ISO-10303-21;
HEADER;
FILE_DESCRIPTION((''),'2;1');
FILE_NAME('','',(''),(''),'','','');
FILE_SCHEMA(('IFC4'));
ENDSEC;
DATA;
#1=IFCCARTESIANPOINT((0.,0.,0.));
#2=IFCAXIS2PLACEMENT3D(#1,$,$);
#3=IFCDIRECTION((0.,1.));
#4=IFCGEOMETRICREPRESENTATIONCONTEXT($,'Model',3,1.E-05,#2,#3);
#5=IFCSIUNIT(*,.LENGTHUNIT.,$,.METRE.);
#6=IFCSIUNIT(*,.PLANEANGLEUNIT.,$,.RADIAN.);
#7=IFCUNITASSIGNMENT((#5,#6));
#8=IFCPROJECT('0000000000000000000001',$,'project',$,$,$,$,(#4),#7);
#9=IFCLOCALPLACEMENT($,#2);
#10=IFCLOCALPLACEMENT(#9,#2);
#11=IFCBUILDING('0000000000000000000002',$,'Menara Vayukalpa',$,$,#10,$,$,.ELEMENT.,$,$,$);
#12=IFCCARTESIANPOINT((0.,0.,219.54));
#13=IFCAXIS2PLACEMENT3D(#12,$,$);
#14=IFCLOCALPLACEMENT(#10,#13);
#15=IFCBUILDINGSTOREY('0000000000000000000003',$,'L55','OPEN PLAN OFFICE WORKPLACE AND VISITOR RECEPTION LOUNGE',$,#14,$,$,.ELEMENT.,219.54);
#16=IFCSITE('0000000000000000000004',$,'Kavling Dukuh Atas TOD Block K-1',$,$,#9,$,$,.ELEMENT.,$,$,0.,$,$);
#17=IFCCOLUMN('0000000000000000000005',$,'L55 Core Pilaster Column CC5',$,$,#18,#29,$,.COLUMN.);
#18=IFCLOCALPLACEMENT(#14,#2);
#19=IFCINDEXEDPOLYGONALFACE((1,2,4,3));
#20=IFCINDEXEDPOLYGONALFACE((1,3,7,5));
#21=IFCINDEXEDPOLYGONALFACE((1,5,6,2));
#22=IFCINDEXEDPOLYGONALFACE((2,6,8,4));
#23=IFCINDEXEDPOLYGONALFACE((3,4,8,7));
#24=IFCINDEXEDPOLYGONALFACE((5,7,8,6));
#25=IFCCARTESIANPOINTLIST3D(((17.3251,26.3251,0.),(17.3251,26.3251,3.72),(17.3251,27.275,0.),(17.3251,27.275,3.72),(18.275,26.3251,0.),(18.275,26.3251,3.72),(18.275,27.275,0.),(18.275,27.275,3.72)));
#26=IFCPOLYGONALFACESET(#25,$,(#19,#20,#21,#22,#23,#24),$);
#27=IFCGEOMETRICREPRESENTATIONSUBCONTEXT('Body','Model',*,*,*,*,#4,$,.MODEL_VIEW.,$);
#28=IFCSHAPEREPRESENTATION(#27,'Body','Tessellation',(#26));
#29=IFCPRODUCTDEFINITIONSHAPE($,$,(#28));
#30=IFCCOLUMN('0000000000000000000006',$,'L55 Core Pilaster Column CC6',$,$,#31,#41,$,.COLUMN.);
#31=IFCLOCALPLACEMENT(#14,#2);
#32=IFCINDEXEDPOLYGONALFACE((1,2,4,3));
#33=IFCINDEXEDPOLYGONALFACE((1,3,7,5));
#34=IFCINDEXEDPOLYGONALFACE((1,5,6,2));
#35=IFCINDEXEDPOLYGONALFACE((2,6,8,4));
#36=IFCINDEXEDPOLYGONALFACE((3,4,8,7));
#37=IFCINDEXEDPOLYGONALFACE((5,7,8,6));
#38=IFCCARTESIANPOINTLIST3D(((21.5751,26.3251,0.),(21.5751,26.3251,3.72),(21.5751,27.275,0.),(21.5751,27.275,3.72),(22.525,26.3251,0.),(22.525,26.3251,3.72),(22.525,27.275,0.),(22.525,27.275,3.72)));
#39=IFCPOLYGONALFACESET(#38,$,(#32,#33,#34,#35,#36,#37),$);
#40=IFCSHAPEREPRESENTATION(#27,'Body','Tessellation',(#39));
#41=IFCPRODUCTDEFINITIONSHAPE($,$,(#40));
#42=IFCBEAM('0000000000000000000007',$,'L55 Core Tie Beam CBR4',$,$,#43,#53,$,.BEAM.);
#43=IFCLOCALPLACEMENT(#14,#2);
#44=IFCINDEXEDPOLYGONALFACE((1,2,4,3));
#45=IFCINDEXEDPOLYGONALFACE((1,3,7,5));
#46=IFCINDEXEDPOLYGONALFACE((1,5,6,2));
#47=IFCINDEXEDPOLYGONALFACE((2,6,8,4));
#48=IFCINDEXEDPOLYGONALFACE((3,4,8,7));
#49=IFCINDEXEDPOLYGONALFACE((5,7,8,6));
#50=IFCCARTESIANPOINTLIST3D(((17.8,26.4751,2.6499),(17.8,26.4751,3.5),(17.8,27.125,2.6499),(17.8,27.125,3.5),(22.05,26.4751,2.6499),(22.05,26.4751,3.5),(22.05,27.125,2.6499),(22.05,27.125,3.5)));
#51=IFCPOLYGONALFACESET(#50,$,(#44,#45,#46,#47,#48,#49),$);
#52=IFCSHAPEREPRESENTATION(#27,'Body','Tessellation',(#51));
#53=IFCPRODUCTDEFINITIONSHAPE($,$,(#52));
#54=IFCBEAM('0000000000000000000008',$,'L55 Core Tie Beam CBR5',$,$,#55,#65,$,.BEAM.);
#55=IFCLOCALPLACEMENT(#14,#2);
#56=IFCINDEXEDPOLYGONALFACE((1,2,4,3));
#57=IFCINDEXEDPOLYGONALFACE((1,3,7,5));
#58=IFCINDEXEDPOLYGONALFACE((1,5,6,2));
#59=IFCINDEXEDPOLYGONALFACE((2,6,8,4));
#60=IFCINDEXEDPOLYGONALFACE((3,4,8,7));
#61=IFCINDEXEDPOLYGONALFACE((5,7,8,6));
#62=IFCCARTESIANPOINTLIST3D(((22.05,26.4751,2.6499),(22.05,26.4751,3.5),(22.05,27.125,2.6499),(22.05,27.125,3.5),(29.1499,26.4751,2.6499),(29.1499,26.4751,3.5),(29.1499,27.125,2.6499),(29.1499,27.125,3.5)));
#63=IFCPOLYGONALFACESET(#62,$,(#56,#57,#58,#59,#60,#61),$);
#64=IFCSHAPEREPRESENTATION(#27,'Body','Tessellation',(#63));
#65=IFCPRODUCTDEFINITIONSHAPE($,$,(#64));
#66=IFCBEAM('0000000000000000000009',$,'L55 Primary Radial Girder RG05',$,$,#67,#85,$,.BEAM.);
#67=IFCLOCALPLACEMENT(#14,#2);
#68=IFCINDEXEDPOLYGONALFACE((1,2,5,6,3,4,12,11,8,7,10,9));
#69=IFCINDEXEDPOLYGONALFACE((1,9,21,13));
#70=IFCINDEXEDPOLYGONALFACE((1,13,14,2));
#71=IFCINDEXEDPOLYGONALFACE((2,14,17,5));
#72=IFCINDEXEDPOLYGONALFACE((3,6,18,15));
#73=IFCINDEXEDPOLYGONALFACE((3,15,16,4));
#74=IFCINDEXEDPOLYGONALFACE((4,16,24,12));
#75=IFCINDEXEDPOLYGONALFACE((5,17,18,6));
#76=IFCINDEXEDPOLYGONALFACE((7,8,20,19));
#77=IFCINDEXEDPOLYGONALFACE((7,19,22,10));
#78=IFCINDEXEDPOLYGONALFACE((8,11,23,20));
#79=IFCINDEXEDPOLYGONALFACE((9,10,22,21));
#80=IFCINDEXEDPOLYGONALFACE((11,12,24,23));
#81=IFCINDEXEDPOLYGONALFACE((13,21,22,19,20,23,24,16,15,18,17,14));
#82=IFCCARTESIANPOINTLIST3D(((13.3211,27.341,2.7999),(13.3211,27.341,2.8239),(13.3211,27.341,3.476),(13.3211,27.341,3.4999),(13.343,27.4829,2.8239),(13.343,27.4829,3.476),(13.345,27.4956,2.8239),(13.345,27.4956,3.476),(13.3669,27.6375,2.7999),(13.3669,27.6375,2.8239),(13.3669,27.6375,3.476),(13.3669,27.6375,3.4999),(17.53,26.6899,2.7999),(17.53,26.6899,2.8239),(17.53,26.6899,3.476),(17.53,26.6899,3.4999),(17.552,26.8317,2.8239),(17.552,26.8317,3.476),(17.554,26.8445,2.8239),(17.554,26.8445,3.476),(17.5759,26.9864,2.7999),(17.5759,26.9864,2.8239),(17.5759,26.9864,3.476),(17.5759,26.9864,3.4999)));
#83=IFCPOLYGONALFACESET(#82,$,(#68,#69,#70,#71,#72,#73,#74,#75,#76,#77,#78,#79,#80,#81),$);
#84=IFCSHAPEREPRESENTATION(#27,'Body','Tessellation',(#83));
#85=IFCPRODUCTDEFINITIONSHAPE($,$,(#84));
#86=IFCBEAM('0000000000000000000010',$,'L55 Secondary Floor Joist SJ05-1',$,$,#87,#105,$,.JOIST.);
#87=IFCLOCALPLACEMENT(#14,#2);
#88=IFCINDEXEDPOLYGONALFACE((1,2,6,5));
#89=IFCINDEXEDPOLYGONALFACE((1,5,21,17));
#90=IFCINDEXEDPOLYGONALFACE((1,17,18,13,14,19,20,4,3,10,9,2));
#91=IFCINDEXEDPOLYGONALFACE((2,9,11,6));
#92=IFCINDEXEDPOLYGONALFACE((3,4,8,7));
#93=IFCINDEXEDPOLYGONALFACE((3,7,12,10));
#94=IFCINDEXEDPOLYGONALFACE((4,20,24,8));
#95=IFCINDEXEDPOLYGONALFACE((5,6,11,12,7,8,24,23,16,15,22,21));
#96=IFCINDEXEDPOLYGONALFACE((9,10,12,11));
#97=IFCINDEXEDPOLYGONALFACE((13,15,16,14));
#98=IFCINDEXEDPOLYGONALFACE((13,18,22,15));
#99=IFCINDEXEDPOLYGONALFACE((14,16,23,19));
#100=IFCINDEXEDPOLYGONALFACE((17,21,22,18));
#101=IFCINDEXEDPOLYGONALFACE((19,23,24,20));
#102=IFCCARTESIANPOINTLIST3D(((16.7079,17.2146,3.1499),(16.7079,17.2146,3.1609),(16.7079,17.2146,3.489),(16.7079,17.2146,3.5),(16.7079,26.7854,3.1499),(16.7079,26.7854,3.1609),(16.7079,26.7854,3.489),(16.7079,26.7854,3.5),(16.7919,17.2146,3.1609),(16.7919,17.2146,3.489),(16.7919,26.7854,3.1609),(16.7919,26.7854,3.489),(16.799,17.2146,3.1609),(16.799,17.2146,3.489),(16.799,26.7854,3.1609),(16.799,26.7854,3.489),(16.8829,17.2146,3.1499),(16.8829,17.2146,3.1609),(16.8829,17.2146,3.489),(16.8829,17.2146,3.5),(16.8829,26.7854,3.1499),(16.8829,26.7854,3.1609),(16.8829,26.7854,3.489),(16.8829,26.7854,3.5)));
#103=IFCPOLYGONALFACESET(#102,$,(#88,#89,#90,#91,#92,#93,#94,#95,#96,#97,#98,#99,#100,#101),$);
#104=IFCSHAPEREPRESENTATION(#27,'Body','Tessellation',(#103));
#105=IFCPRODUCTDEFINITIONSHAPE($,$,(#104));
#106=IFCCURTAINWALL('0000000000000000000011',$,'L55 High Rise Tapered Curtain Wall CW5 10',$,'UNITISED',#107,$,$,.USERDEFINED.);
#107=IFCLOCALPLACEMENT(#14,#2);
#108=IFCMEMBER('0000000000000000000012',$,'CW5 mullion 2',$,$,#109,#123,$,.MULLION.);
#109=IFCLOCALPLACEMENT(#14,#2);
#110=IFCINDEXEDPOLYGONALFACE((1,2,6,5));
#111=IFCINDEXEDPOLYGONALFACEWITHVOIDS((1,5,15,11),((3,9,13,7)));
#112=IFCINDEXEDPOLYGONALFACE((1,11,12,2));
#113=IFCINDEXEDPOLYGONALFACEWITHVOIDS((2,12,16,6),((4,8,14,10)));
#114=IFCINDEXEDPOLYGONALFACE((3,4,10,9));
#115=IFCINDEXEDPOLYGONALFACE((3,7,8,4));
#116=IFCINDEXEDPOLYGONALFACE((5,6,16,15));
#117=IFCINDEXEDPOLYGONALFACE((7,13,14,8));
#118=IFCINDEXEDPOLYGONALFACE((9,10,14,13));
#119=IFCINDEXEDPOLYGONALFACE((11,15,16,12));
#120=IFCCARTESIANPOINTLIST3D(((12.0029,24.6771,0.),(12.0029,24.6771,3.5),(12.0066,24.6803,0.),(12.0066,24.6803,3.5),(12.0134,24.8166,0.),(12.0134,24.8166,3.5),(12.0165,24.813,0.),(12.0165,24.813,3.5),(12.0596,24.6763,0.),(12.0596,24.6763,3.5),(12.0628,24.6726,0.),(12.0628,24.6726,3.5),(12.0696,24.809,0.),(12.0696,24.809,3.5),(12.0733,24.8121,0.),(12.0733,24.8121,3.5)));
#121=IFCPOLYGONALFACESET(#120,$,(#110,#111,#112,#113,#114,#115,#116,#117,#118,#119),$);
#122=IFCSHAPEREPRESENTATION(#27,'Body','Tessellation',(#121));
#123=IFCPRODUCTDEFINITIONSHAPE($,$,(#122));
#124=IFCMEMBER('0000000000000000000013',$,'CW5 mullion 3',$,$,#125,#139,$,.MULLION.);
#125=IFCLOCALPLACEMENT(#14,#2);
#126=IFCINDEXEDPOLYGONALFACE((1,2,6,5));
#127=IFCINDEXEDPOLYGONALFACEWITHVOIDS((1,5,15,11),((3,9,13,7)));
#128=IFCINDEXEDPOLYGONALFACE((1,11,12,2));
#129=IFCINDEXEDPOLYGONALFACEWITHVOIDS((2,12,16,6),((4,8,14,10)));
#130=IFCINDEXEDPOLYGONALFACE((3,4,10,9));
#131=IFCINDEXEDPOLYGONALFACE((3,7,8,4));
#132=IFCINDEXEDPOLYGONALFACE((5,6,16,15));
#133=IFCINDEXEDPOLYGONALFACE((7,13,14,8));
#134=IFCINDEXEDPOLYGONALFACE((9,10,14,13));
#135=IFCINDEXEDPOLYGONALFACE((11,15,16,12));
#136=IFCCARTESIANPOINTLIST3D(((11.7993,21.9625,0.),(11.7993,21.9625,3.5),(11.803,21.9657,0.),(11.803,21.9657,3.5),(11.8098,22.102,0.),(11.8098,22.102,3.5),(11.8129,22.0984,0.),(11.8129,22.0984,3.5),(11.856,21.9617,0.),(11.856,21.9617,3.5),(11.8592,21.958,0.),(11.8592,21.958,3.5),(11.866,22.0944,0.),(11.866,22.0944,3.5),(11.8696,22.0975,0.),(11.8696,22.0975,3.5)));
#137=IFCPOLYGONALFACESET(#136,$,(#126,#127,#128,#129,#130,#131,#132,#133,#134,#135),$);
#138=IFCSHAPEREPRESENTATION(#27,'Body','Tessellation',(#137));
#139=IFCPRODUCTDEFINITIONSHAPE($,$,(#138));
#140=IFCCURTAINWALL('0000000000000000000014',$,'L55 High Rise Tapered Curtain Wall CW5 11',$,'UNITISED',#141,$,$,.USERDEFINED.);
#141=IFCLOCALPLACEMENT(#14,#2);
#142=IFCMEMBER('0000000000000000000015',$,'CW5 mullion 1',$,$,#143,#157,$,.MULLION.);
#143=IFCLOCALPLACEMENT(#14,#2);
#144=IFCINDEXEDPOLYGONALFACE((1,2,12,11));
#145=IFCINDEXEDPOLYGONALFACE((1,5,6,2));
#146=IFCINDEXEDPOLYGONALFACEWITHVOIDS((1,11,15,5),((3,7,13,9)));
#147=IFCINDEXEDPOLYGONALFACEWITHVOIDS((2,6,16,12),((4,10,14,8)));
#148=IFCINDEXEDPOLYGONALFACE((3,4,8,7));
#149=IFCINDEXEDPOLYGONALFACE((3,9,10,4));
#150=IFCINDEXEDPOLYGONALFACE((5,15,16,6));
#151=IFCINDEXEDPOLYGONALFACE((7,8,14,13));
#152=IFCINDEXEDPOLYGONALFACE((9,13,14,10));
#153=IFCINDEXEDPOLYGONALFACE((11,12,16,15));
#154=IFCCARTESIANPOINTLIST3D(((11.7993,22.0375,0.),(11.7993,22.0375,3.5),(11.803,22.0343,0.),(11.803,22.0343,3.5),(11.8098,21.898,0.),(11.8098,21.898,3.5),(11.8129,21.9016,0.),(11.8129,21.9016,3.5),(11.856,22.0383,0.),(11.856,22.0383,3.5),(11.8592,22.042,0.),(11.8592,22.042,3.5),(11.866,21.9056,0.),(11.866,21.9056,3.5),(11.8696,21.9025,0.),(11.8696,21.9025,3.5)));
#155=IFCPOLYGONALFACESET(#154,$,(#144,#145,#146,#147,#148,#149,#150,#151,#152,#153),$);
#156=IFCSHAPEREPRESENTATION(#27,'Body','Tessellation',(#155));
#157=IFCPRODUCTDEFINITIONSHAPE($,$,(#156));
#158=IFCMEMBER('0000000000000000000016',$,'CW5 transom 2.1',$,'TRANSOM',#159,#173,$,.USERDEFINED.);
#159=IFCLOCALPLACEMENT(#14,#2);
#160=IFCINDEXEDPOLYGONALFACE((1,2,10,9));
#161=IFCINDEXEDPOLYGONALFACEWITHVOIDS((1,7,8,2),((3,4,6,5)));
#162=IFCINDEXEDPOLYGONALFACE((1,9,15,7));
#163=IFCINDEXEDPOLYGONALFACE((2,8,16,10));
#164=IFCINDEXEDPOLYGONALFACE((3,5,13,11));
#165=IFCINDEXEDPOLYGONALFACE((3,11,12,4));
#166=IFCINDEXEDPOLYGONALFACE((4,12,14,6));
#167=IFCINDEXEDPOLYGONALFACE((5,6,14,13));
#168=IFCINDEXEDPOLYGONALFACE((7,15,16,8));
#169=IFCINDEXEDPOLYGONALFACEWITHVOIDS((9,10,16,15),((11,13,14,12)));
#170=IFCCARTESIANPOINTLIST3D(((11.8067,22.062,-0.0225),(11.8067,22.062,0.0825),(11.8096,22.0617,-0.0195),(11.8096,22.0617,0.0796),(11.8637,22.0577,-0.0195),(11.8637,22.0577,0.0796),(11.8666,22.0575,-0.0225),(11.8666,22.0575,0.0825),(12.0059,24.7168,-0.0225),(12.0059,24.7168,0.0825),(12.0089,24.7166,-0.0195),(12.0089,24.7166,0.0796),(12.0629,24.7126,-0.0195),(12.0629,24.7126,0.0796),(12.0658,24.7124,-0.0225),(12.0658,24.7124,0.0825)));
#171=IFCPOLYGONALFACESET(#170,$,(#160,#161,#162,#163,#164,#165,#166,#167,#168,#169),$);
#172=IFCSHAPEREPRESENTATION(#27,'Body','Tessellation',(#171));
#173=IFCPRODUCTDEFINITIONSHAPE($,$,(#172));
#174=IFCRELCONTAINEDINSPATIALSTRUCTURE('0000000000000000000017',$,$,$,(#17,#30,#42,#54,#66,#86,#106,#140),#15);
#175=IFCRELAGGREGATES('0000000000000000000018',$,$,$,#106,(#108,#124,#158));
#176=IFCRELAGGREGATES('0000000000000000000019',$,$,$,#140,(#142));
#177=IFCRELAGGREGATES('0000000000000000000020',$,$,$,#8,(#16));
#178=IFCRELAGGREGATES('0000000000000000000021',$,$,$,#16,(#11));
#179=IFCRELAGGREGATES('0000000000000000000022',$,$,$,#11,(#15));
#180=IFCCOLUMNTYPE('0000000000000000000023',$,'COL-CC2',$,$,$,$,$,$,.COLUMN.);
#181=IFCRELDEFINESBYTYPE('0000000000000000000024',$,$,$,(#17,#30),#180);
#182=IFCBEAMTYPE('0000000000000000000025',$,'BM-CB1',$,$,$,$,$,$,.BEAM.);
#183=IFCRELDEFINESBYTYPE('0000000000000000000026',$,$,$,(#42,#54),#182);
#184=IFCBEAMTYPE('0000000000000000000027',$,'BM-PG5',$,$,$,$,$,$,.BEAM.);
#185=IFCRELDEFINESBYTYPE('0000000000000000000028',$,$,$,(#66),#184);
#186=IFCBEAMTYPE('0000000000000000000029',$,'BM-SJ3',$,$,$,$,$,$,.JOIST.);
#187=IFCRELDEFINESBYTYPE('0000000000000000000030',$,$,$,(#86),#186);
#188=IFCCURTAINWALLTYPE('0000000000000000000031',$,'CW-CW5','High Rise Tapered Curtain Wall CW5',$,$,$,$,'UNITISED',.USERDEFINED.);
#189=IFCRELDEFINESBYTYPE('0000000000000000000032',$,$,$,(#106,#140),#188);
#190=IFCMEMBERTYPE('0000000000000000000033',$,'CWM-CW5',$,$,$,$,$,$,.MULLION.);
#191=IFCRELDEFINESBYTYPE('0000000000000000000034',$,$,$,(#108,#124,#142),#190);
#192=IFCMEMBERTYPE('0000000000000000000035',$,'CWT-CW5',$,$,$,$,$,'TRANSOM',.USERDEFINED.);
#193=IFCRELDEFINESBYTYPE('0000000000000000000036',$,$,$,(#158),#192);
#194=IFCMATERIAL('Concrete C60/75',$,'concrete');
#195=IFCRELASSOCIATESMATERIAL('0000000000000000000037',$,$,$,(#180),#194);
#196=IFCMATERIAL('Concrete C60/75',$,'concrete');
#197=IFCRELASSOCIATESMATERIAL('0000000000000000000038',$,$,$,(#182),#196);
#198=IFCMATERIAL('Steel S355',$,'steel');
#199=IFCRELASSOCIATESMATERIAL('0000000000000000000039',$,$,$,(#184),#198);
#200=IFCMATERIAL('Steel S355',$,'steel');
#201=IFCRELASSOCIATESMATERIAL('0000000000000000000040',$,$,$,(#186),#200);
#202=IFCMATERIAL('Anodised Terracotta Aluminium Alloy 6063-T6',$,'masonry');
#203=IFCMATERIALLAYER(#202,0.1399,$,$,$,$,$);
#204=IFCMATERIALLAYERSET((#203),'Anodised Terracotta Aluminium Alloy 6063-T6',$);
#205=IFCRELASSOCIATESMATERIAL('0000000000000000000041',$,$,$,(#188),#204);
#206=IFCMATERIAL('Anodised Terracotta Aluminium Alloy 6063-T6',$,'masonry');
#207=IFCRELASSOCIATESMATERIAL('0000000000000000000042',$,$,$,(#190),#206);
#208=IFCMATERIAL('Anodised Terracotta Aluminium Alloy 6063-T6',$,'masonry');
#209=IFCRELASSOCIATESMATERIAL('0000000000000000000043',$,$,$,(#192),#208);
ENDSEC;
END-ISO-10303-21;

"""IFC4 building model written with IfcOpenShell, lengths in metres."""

from ifc_helpers import new_model, si_unit, direction, frame, origin, origin_2d, place, context, subcontext, project, spatial, rectangle, hollow_rectangle, i_section, extrude, material, layer, layer_set, material_profile, profile_set, type_object, element, aggregate, save


model = new_model("IFC4")

# Units and contexts
model_context = context("Model", 3, precision=1e-05, world=origin(), true_north=direction((0.0, 1.0)))
body_context = subcontext(model_context, "Body", "Model", "MODEL_VIEW")
ifc_project = project(units=[si_unit("LENGTHUNIT", "METRE"), si_unit("PLANEANGLEUNIT", "RADIAN")], contexts=[model_context])

# Site, building, storey
site_placement = place(None, origin())
site = spatial("IfcSite", under=ifc_project, at=site_placement, Name="Kavling Dukuh Atas TOD Block K-1", CompositionType="ELEMENT", RefElevation=0.0)
building_placement = place(site_placement, origin())
building = spatial("IfcBuilding", under=site, at=building_placement, Name="Menara Vayukalpa", CompositionType="ELEMENT")
storey_placement = place(building_placement, frame((0.0, 0.0, 219.54)))
storey = spatial("IfcBuildingStorey", under=building, at=storey_placement, Name="L55", Description="OPEN PLAN OFFICE WORKPLACE AND VISITOR RECEPTION LOUNGE", CompositionType="ELEMENT", Elevation=219.54)

# Columns
ifc_material_1 = material(Name="Concrete C60/75", Category="concrete")
ifc_material_profile_1 = material_profile(ifc_material_1, rectangle(XDim=0.95, YDim=0.95, at=origin_2d()), Name="RC 950x950")
ifc_profile_set_1 = profile_set([ifc_material_profile_1], Name="Concrete C60/75")
column_type = type_object("IfcColumnType", Name="COL-CC2", PredefinedType="COLUMN", material=ifc_profile_set_1)
for number, where, z_axis, x_axis, name in (
    (1, (17.8, 26.8, 0.0), (0.0, 0.0, 1.0), (1.0, 0.0, 0.0), "L55 Core Pilaster Column CC5"),
    (2, (22.05, 26.8, 0.0), (0.0, 0.0, 1.0), (1.0, 0.0, 0.0), "L55 Core Pilaster Column CC6"),
):
    element("IfcColumn", number, at=place(storey_placement, frame(where, z_axis=z_axis, x_axis=x_axis)), inside=storey, type_object=column_type, Name=name, PredefinedType="COLUMN", context=body_context, shape_type="SweptSolid", body=[
        extrude(rectangle(XDim=0.95, YDim=0.95, at=origin_2d()), origin(), (0.0, 0.0, 1.0), 3.72),
    ])

# Beams
ifc_material_2 = material(Name="Concrete C60/75", Category="concrete")
ifc_material_profile_2 = material_profile(ifc_material_2, rectangle(XDim=0.6499, YDim=0.8501, at=origin_2d()), Name="RC 650x850")
ifc_profile_set_2 = profile_set([ifc_material_profile_2], Name="Concrete C60/75")
beam_type_1 = type_object("IfcBeamType", Name="BM-CB1", PredefinedType="BEAM", material=ifc_profile_set_2)
beam_1_placement = place(storey_placement, frame((17.8, 26.8, 3.075), z_axis=(1.0, 0.0, 0.0), x_axis=(0.0, 1.0, 0.0)))
element("IfcBeam", 3, at=beam_1_placement, inside=storey, type_object=beam_type_1, Name="L55 Core Tie Beam CBR4", PredefinedType="BEAM", context=body_context, shape_type="SweptSolid", body=[
    extrude(rectangle(XDim=0.6499, YDim=0.8501, at=origin_2d()), origin(), (0.0, 0.0, 1.0), 4.25),
])
beam_2_placement = place(storey_placement, frame((22.05, 26.8, 3.075), z_axis=(1.0, 0.0, 0.0), x_axis=(0.0, 1.0, 0.0)))
element("IfcBeam", 4, at=beam_2_placement, inside=storey, type_object=beam_type_1, Name="L55 Core Tie Beam CBR5", PredefinedType="BEAM", context=body_context, shape_type="SweptSolid", body=[
    extrude(rectangle(XDim=0.6499, YDim=0.8501, at=origin_2d()), origin(), (0.0, 0.0, 1.0), 7.0999),
])
ifc_material_3 = material(Name="Steel S355", Category="steel")
ifc_material_profile_3 = material_profile(ifc_material_3, i_section(OverallWidth=0.3, OverallDepth=0.7, WebThickness=0.0129, FlangeThickness=0.0239, at=origin_2d()), Name="WF 700x300x13x24")
ifc_profile_set_3 = profile_set([ifc_material_profile_3], Name="Steel S355")
beam_type_2 = type_object("IfcBeamType", Name="BM-PG5", PredefinedType="BEAM", material=ifc_profile_set_3)
beam_3_placement = place(storey_placement, frame((17.553, 26.8381, 3.1499), z_axis=(-0.988245, 0.15288, 0.0), x_axis=(-0.15288, -0.988245, 0.0)))
element("IfcBeam", 5, at=beam_3_placement, inside=storey, type_object=beam_type_2, Name="L55 Primary Radial Girder RG05", PredefinedType="BEAM", context=body_context, shape_type="SweptSolid", body=[
    extrude(i_section(OverallWidth=0.3, OverallDepth=0.7, WebThickness=0.0129, FlangeThickness=0.0239, at=origin_2d()), origin(), (0.0, 0.0, 1.0), 4.259),
])
ifc_material_4 = material(Name="Steel S355", Category="steel")
ifc_material_profile_4 = material_profile(ifc_material_4, i_section(OverallWidth=0.175, OverallDepth=0.3501, WebThickness=0.0071, FlangeThickness=0.011, at=origin_2d()), Name="WF 350x175x7x11")
ifc_profile_set_4 = profile_set([ifc_material_profile_4], Name="Steel S355")
beam_type_3 = type_object("IfcBeamType", Name="BM-SJ3", PredefinedType="JOIST", material=ifc_profile_set_4)
beam_4_placement = place(storey_placement, frame((16.7954, 26.7854, 3.325), z_axis=(0.0, -1.0, 0.0), x_axis=(1.0, 0.0, 0.0)))
element("IfcBeam", 6, at=beam_4_placement, inside=storey, type_object=beam_type_3, Name="L55 Secondary Floor Joist SJ05-1", PredefinedType="JOIST", context=body_context, shape_type="SweptSolid", body=[
    extrude(i_section(OverallWidth=0.175, OverallDepth=0.3501, WebThickness=0.0071, FlangeThickness=0.011, at=origin_2d()), origin(), (0.0, 0.0, 1.0), 9.5708),
])

# Curtain wall, members
ifc_material_5 = material(Name="Anodised Terracotta Aluminium Alloy 6063-T6", Category="masonry")
ifc_layer_1 = layer(ifc_material_5, 0.1399)
ifc_layer_set_1 = layer_set([ifc_layer_1], Name="Anodised Terracotta Aluminium Alloy 6063-T6")
curtain_wall_type = type_object("IfcCurtainWallType", Name="CW-CW5", Description="High Rise Tapered Curtain Wall CW5", ElementType="UNITISED", PredefinedType="USERDEFINED", material=ifc_layer_set_1)
curtain_wall_1_placement = place(storey_placement, origin())
curtain_wall_1 = element("IfcCurtainWall", 7, at=curtain_wall_1_placement, inside=storey, type_object=curtain_wall_type, Name="L55 High Rise Tapered Curtain Wall CW5 10", ObjectType="UNITISED", PredefinedType="USERDEFINED")
ifc_material_6 = material(Name="Anodised Terracotta Aluminium Alloy 6063-T6", Category="masonry")
ifc_material_profile_5 = material_profile(ifc_material_6, hollow_rectangle(XDim=0.0601, YDim=0.1399, WallThickness=0.0034, at=origin_2d()), Name="ALU 60x140x3.5")
ifc_profile_set_5 = profile_set([ifc_material_profile_5], Name="Anodised Terracotta Aluminium Alloy 6063-T6")
member_type_1 = type_object("IfcMemberType", Name="CWM-CW5", PredefinedType="MULLION", material=ifc_profile_set_5)
member_1_placement = place(storey_placement, frame((12.0381, 24.7446, 0.0), z_axis=(0.0, 0.0, 1.0), x_axis=(0.997199, -0.074792, 0.0)))
member_1 = element("IfcMember", 8, at=member_1_placement, type_object=member_type_1, Name="CW5 mullion 2", PredefinedType="MULLION", context=body_context, shape_type="SweptSolid", body=[
    extrude(hollow_rectangle(XDim=0.0601, YDim=0.1399, WallThickness=0.0034, at=origin_2d()), origin(), (0.0, 0.0, 1.0), 3.5),
])
member_2_placement = place(storey_placement, frame((11.8345, 22.03, 0.0), z_axis=(0.0, 0.0, 1.0), x_axis=(0.997199, -0.074792, 0.0)))
member_2 = element("IfcMember", 9, at=member_2_placement, type_object=member_type_1, Name="CW5 mullion 3", PredefinedType="MULLION", context=body_context, shape_type="SweptSolid", body=[
    extrude(hollow_rectangle(XDim=0.0601, YDim=0.1399, WallThickness=0.0034, at=origin_2d()), origin(), (0.0, 0.0, 1.0), 3.5),
])

# Curtain wall, member
curtain_wall_2_placement = place(storey_placement, origin())
curtain_wall_2 = element("IfcCurtainWall", 10, at=curtain_wall_2_placement, inside=storey, type_object=curtain_wall_type, Name="L55 High Rise Tapered Curtain Wall CW5 11", ObjectType="UNITISED", PredefinedType="USERDEFINED")
member_3_placement = place(storey_placement, frame((11.8345, 21.97, 0.0), z_axis=(0.0, 0.0, 1.0), x_axis=(0.997199, 0.074792, 0.0)))
member_3 = element("IfcMember", 11, at=member_3_placement, type_object=member_type_1, Name="CW5 mullion 1", PredefinedType="MULLION", context=body_context, shape_type="SweptSolid", body=[
    extrude(hollow_rectangle(XDim=0.0601, YDim=0.1399, WallThickness=0.0034, at=origin_2d()), origin(), (0.0, 0.0, 1.0), 3.5),
])

# Member
ifc_material_7 = material(Name="Anodised Terracotta Aluminium Alloy 6063-T6", Category="masonry")
ifc_material_profile_6 = material_profile(ifc_material_7, hollow_rectangle(XDim=0.0601, YDim=0.105, WallThickness=0.0029, at=origin_2d()), Name="ALU 60x105x3")
ifc_profile_set_6 = profile_set([ifc_material_profile_6], Name="Anodised Terracotta Aluminium Alloy 6063-T6")
member_type_2 = type_object("IfcMemberType", Name="CWT-CW5", ElementType="TRANSOM", PredefinedType="USERDEFINED", material=ifc_profile_set_6)
member_4_placement = place(storey_placement, frame((12.0359, 24.7146, 0.03), z_axis=(-0.074831, -0.997196, 0.0), x_axis=(0.997196, -0.074831, 0.0)))
member_4 = element("IfcMember", 12, at=member_4_placement, type_object=member_type_2, Name="CW5 transom 2.1", ObjectType="TRANSOM", PredefinedType="USERDEFINED", context=body_context, shape_type="SweptSolid", body=[
    extrude(hollow_rectangle(XDim=0.0601, YDim=0.105, WallThickness=0.0029, at=origin_2d()), origin(), (0.0, 0.0, 1.0), 2.6624),
])

aggregate(curtain_wall_1, [member_1, member_2, member_4])
aggregate(curtain_wall_2, [member_3])

save(model, "model.ifc")
